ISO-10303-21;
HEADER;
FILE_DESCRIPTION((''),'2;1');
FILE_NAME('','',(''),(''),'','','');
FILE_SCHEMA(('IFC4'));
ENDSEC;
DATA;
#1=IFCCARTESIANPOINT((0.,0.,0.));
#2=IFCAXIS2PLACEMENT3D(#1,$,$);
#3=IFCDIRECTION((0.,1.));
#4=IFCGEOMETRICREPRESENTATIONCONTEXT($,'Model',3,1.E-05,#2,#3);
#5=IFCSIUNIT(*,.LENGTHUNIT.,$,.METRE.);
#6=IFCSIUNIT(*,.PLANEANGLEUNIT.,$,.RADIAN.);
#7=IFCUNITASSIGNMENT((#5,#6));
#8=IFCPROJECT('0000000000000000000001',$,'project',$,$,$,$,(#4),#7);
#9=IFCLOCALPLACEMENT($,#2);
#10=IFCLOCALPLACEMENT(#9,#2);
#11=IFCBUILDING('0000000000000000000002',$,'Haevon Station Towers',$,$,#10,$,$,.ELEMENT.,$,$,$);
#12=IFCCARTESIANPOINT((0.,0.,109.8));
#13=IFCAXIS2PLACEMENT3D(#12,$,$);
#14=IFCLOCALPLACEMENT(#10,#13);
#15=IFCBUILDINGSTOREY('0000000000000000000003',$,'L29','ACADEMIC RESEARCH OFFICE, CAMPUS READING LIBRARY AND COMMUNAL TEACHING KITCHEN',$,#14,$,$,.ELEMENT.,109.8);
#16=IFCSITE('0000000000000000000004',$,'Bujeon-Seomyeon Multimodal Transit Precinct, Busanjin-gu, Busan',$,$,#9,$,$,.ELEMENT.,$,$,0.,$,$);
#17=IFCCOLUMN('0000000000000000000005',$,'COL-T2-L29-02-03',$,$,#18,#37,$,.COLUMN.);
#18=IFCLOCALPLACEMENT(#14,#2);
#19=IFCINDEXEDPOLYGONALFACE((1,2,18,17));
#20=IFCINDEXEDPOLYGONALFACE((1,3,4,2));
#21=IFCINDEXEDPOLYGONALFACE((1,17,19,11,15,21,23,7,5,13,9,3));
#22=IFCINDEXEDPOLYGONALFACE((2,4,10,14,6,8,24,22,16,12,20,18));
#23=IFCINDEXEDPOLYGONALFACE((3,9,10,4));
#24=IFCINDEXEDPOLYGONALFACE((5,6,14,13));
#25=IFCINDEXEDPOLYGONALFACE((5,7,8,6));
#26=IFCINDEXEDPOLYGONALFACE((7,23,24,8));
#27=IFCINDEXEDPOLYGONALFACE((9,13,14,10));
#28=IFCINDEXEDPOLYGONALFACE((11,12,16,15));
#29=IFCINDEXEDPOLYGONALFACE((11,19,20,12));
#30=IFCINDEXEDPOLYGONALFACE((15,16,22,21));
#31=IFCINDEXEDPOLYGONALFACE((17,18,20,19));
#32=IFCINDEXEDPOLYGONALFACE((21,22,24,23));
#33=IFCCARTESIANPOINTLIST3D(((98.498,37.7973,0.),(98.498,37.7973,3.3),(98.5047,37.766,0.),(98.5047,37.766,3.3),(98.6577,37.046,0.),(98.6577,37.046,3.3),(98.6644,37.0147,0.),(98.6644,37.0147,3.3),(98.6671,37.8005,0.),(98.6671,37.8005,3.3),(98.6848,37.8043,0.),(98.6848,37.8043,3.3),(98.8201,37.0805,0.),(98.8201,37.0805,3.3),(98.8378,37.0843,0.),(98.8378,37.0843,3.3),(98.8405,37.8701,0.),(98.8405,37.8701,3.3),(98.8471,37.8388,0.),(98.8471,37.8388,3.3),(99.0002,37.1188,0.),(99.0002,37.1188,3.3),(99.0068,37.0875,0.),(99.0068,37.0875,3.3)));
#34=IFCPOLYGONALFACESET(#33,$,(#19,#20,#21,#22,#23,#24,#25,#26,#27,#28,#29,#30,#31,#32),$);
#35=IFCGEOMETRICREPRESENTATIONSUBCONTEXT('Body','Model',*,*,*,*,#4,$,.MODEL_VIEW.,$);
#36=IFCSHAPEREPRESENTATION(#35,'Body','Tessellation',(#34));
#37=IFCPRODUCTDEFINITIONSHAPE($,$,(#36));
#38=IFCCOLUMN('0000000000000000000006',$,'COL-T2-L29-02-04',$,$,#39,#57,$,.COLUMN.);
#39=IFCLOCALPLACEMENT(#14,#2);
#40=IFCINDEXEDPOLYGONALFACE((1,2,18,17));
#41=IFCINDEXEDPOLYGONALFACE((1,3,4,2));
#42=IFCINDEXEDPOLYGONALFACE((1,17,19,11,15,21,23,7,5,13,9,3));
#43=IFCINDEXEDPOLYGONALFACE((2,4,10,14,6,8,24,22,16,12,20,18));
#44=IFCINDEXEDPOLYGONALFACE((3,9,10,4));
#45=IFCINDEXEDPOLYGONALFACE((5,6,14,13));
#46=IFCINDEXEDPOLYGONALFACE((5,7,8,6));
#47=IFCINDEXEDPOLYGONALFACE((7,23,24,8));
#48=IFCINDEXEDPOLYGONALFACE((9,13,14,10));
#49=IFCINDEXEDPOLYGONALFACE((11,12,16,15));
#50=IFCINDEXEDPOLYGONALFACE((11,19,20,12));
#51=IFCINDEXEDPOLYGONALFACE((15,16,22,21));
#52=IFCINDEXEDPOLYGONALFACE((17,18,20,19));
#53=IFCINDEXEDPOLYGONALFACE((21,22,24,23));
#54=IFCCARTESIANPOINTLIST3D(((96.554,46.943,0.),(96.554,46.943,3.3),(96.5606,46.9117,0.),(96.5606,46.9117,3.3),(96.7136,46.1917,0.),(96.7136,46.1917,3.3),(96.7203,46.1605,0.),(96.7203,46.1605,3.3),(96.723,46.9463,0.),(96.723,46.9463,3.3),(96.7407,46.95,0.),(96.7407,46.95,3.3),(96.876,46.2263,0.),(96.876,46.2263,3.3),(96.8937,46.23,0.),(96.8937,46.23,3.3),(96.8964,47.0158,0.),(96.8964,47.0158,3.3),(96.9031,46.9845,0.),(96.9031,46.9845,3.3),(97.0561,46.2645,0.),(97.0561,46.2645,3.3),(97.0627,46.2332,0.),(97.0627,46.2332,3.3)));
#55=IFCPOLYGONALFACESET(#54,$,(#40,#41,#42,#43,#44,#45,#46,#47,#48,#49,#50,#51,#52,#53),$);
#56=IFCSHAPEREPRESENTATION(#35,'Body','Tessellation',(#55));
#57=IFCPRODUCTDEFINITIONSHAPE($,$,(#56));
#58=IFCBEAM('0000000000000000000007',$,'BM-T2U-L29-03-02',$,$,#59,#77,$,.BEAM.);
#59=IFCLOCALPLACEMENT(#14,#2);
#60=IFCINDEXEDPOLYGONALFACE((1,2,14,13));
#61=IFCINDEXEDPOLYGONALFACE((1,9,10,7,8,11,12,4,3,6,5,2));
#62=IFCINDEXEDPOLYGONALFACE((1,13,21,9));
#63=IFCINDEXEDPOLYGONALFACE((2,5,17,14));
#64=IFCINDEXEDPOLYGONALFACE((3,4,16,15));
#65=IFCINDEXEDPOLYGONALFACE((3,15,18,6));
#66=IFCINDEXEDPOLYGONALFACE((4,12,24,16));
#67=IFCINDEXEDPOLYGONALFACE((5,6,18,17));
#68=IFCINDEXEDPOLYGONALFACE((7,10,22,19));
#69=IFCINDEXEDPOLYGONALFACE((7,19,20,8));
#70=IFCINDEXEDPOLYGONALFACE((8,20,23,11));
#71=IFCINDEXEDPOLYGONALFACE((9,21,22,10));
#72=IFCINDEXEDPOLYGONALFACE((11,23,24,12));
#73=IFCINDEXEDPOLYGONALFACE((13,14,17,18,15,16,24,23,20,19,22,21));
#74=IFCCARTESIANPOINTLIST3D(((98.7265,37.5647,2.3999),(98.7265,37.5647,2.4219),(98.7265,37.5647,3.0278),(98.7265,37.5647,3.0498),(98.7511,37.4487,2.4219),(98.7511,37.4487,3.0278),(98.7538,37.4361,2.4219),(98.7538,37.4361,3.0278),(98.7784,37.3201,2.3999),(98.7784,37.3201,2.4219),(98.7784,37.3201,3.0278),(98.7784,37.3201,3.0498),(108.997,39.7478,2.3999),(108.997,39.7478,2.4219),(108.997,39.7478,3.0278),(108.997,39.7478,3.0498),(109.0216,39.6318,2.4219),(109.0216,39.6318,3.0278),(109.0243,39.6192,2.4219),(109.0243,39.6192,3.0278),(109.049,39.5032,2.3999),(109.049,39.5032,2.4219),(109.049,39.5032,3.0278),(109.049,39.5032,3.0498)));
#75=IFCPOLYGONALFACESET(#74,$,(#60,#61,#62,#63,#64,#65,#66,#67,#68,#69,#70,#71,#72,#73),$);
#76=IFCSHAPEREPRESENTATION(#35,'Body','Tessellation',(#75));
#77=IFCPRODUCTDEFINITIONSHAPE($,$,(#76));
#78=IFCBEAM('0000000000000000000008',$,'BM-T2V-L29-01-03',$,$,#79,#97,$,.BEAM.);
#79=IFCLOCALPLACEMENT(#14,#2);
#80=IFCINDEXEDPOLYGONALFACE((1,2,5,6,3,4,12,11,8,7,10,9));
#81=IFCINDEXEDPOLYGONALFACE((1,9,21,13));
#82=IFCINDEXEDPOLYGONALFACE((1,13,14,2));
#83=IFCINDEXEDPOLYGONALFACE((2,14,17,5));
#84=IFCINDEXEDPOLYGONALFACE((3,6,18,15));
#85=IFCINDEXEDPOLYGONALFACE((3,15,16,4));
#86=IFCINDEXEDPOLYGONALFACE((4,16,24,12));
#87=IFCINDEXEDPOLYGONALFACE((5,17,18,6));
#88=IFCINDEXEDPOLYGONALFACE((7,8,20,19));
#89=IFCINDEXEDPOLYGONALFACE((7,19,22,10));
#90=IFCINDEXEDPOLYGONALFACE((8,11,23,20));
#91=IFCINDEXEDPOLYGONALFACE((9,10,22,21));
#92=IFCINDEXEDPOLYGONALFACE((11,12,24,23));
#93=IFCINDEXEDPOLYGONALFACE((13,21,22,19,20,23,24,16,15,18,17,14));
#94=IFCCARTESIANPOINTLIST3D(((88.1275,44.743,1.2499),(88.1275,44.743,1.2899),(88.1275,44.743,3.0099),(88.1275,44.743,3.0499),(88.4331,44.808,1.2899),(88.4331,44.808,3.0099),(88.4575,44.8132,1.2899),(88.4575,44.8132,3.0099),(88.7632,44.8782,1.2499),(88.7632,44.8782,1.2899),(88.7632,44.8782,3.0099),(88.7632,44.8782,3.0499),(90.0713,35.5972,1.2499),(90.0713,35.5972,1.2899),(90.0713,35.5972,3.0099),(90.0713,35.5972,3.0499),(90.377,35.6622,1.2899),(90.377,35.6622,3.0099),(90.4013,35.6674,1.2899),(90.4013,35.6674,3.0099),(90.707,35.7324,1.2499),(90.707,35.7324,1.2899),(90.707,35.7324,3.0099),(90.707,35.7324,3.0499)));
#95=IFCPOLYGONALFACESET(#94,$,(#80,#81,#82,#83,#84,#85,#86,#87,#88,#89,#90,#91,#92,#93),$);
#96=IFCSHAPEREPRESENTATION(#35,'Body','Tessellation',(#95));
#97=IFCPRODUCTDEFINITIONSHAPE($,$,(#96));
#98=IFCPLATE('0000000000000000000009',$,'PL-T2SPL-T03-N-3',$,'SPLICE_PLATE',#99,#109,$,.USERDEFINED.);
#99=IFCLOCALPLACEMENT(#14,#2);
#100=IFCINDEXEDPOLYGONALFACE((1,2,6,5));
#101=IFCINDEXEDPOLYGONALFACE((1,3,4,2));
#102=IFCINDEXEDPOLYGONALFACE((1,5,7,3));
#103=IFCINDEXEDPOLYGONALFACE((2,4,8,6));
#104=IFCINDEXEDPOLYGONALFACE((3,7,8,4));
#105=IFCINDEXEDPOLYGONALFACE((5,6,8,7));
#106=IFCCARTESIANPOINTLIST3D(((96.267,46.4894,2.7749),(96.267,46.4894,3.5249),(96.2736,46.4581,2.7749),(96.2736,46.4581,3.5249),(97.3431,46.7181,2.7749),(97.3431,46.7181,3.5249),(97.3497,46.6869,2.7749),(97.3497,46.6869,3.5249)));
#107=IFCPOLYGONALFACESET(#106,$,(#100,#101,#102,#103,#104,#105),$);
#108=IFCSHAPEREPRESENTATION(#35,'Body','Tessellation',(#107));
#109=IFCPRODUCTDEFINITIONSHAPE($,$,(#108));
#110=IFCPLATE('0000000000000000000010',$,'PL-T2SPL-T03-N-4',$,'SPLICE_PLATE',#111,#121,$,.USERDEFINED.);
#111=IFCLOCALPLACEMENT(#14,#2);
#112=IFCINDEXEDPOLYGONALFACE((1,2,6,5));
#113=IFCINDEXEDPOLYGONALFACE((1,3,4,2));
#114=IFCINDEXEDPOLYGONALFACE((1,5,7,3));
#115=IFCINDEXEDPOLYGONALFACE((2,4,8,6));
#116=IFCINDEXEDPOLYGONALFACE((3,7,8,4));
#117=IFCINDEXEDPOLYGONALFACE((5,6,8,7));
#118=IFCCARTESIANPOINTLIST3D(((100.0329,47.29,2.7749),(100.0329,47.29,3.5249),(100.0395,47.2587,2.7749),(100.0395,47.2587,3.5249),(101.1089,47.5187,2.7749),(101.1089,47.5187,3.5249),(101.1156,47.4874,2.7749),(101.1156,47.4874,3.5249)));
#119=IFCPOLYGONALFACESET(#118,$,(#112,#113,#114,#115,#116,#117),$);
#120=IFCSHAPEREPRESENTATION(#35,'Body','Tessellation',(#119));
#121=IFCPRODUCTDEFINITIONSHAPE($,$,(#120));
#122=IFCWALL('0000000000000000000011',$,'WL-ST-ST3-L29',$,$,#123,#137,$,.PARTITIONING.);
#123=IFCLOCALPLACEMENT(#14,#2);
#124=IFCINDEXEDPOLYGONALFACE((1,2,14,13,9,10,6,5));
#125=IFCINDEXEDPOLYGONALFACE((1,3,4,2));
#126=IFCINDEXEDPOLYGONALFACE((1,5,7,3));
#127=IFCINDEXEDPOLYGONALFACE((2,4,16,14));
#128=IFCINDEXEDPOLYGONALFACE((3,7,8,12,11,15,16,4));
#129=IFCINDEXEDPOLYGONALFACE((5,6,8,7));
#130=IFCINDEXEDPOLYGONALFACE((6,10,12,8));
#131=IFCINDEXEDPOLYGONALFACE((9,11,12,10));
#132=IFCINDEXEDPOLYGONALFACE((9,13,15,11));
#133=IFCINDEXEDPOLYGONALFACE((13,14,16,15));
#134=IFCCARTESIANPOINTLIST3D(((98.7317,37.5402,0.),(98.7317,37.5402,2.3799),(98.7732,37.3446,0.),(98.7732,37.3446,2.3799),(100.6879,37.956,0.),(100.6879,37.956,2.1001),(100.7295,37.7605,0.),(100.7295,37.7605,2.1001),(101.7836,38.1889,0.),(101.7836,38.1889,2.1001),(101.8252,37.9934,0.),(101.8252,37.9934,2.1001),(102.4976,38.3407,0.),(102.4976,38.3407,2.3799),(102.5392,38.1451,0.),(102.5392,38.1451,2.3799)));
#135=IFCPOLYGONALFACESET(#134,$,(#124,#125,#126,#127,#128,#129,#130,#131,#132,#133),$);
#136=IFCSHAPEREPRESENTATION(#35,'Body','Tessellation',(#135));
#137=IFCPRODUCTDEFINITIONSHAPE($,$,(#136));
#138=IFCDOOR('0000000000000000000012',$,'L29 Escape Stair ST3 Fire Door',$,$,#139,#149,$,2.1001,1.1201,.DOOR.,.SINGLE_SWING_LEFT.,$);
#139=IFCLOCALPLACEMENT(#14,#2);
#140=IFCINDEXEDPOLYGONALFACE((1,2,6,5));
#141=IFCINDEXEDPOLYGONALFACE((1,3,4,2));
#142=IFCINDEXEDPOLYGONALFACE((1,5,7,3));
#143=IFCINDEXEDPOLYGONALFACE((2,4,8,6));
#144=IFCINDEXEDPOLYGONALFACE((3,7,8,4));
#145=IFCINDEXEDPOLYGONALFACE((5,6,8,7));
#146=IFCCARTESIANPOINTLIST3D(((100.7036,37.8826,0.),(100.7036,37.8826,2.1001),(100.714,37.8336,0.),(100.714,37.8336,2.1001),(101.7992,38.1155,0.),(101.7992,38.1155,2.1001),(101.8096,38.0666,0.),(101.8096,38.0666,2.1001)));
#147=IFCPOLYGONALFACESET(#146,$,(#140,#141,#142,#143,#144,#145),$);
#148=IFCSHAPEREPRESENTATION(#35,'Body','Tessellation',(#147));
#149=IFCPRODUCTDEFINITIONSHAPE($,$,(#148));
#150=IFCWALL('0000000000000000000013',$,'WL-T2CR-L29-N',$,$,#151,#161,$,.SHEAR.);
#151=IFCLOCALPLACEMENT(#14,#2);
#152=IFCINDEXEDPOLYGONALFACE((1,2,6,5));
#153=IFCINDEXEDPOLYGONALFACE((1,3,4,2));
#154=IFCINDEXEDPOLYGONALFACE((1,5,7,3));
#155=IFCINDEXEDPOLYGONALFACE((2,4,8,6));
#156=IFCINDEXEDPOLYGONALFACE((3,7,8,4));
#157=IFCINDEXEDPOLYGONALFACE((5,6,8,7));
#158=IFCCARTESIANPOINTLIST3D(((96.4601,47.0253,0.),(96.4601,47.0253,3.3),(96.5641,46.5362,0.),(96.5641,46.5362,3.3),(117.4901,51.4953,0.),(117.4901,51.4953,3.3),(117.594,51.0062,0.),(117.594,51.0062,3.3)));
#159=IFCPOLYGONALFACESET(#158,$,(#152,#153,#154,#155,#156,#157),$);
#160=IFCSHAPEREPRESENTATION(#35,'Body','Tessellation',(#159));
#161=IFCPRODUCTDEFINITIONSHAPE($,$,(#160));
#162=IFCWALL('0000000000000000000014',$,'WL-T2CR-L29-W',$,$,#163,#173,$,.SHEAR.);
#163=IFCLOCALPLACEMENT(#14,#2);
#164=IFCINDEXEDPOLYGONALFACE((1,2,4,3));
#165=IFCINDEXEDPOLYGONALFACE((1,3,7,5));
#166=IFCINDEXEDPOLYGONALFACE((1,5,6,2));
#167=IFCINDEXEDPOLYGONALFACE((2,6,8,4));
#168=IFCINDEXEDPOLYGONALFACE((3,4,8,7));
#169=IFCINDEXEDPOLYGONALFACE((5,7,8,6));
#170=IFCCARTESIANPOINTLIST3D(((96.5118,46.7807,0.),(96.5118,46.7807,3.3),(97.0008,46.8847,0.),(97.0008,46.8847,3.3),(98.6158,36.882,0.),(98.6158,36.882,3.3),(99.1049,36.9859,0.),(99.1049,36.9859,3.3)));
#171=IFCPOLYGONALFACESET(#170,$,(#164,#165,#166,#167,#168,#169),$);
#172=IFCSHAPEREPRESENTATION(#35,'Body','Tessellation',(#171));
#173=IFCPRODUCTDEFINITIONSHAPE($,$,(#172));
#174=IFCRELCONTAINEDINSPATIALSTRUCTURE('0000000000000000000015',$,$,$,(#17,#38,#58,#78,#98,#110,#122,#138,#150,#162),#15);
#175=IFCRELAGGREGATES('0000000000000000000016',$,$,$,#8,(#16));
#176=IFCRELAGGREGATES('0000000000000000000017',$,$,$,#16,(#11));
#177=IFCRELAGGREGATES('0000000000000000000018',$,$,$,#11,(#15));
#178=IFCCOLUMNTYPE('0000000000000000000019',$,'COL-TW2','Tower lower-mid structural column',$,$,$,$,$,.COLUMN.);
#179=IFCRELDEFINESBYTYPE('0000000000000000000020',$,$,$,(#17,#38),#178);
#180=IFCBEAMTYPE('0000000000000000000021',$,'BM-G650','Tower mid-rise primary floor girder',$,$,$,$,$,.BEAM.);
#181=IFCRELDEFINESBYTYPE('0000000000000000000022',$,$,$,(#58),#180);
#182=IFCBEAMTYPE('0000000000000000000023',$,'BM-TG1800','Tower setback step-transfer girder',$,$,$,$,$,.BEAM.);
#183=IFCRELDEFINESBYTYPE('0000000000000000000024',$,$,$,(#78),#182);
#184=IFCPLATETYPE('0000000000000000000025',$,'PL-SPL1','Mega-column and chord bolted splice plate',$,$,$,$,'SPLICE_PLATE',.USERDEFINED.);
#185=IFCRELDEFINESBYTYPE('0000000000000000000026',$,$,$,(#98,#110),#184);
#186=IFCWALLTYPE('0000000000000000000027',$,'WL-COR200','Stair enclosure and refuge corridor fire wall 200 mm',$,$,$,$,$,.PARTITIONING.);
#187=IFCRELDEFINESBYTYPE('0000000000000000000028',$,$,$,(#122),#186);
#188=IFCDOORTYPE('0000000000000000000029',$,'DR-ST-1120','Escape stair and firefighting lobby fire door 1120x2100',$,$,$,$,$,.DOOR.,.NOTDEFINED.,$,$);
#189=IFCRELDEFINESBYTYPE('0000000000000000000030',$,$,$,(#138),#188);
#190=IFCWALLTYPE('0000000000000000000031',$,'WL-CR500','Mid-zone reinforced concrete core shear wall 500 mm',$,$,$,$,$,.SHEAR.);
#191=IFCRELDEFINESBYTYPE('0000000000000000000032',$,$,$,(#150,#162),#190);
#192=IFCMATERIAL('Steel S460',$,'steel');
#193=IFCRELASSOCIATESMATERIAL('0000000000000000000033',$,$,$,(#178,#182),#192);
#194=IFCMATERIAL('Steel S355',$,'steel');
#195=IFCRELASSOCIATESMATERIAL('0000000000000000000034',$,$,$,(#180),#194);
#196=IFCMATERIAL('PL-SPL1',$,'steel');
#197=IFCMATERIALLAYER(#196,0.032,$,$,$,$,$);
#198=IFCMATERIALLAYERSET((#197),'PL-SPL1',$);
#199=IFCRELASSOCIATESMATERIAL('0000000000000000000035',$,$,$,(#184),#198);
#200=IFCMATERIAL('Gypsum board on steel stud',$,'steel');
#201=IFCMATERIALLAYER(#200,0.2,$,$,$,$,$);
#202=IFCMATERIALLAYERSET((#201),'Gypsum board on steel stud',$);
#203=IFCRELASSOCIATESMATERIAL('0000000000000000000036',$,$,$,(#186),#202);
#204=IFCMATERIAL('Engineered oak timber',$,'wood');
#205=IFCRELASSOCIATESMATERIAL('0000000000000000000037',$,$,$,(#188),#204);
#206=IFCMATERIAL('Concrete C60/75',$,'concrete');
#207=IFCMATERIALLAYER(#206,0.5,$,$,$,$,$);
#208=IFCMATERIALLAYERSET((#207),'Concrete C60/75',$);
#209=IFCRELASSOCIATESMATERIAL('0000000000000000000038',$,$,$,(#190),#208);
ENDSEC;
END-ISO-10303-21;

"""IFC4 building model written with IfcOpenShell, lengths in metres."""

from ifc_helpers import new_model, si_unit, direction, frame, frame_2d, origin, origin_2d, place, context, subcontext, project, spatial, rectangle, i_section, extrude, material, layer, layer_set, material_profile, profile_set, type_object, element, fill, save


model = new_model("IFC4")

# Units and contexts
model_context = context("Model", 3, precision=1e-05, world=origin(), true_north=direction((0.0, 1.0)))
body_context = subcontext(model_context, "Body", "Model", "MODEL_VIEW")
ifc_project = project(units=[si_unit("LENGTHUNIT", "METRE"), si_unit("PLANEANGLEUNIT", "RADIAN")], contexts=[model_context])

# Site, building, storey
site_placement = place(None, origin())
site = spatial("IfcSite", under=ifc_project, at=site_placement, Name="Bujeon-Seomyeon Multimodal Transit Precinct, Busanjin-gu, Busan", CompositionType="ELEMENT", RefElevation=0.0)
building_placement = place(site_placement, origin())
building = spatial("IfcBuilding", under=site, at=building_placement, Name="Haevon Station Towers", CompositionType="ELEMENT")
storey_placement = place(building_placement, frame((0.0, 0.0, 109.8)))
storey = spatial("IfcBuildingStorey", under=building, at=storey_placement, Name="L29", Description="ACADEMIC RESEARCH OFFICE, CAMPUS READING LIBRARY AND COMMUNAL TEACHING KITCHEN", CompositionType="ELEMENT", Elevation=109.8)

# Columns
ifc_material_1 = material(Name="Steel S460", Category="steel")
ifc_material_profile_1 = material_profile(ifc_material_1, i_section(OverallWidth=0.3501, OverallDepth=0.8, WebThickness=0.0181, FlangeThickness=0.032, at=origin_2d()), Name="H-800x350x18x32")
ifc_profile_set_1 = profile_set([ifc_material_profile_1], Name="Steel S460")
column_type = type_object("IfcColumnType", Name="COL-TW2", Description="Tower lower-mid structural column", PredefinedType="COLUMN", material=ifc_profile_set_1)
for number, where, z_axis, x_axis, name in (
    (1, (98.7524, 37.4424, 0.0), (0.0, 0.0, 1.0), (0.978148, 0.207912, 0.0), "COL-T2-L29-02-03"),
    (2, (96.8083, 46.5881, 0.0), (0.0, 0.0, 1.0), (0.978148, 0.207912, 0.0), "COL-T2-L29-02-04"),
):
    element("IfcColumn", number, at=place(storey_placement, frame(where, z_axis=z_axis, x_axis=x_axis)), inside=storey, type_object=column_type, Name=name, PredefinedType="COLUMN", context=body_context, shape_type="SweptSolid", body=[
        extrude(i_section(OverallWidth=0.3501, OverallDepth=0.8, WebThickness=0.0181, FlangeThickness=0.032, at=origin_2d()), origin(), (0.0, 0.0, 1.0), 3.3),
    ])

# Beams
ifc_material_2 = material(Name="Steel S355", Category="steel")
ifc_material_profile_2 = material_profile(ifc_material_2, i_section(OverallWidth=0.25, OverallDepth=0.6499, WebThickness=0.0129, FlangeThickness=0.022, at=origin_2d()), Name="H-650x250x13x22")
ifc_profile_set_2 = profile_set([ifc_material_profile_2], Name="Steel S355")
beam_type_1 = type_object("IfcBeamType", Name="BM-G650", Description="Tower mid-rise primary floor girder", PredefinedType="BEAM", material=ifc_profile_set_2)
beam_1_placement = place(storey_placement, frame((98.7524, 37.4424, 2.7249), z_axis=(0.978147, 0.207915, 0.0), x_axis=(-0.207915, 0.978147, 0.0)))
element("IfcBeam", 3, at=beam_1_placement, inside=storey, type_object=beam_type_1, Name="BM-T2U-L29-03-02", PredefinedType="BEAM", context=body_context, shape_type="SweptSolid", body=[
    extrude(i_section(OverallWidth=0.25, OverallDepth=0.6499, WebThickness=0.0129, FlangeThickness=0.022, at=origin_2d()), origin(), (0.0, 0.0, 1.0), 10.5),
])
ifc_material_profile_3 = material_profile(ifc_material_1, i_section(OverallWidth=0.6499, OverallDepth=1.8, WebThickness=0.0249, FlangeThickness=0.04, at=origin_2d()), Name="H-1800x650x25x40")
ifc_profile_set_3 = profile_set([ifc_material_profile_3], Name="Steel S460")
beam_type_2 = type_object("IfcBeamType", Name="BM-TG1800", Description="Tower setback step-transfer girder", PredefinedType="BEAM", material=ifc_profile_set_3)
beam_2_placement = place(storey_placement, frame((90.3892, 35.6648, 2.1499), z_axis=(-0.207897, 0.978151, 0.0), x_axis=(-0.978151, -0.207897, 0.0)))
element("IfcBeam", 4, at=beam_2_placement, inside=storey, type_object=beam_type_2, Name="BM-T2V-L29-01-03", PredefinedType="BEAM", context=body_context, shape_type="SweptSolid", body=[
    extrude(i_section(OverallWidth=0.6499, OverallDepth=1.8, WebThickness=0.0249, FlangeThickness=0.04, at=origin_2d()), origin(), (0.0, 0.0, 1.0), 9.3501),
])

# Plates
ifc_material_3 = material(Name="PL-SPL1", Category="steel")
ifc_layer_1 = layer(ifc_material_3, 0.032)
ifc_layer_set_1 = layer_set([ifc_layer_1], Name="PL-SPL1")
plate_type = type_object("IfcPlateType", Name="PL-SPL1", Description="Mega-column and chord bolted splice plate", ElementType="SPLICE_PLATE", PredefinedType="USERDEFINED", material=ifc_layer_set_1)
for number, where, z_axis, x_axis, name in (
    (5, (96.8083, 46.5881, 2.7749), (0.0, 0.0, 1.0), (0.978148, 0.207912, 0.0), "PL-T2SPL-T03-N-3"),
    (6, (100.5742, 47.3887, 2.7749), (0.0, 0.0, 1.0), (0.978148, 0.207912, 0.0), "PL-T2SPL-T03-N-4"),
):
    element("IfcPlate", number, at=place(storey_placement, frame(where, z_axis=z_axis, x_axis=x_axis)), inside=storey, type_object=plate_type, Name=name, ObjectType="SPLICE_PLATE", PredefinedType="USERDEFINED", context=body_context, shape_type="SweptSolid", body=[
        extrude(rectangle(XDim=1.1001, YDim=0.032, at=origin_2d()), origin(), (0.0, 0.0, 1.0), 0.75),
    ])

# Wall, opening, door
ifc_material_4 = material(Name="Gypsum board on steel stud", Category="steel")
ifc_layer_2 = layer(ifc_material_4, 0.2)
ifc_layer_set_2 = layer_set([ifc_layer_2], Name="Gypsum board on steel stud")
wall_type_1 = type_object("IfcWallType", Name="WL-COR200", Description="Stair enclosure and refuge corridor fire wall 200 mm", PredefinedType="PARTITIONING", material=ifc_layer_set_2)
wall_1_placement = place(storey_placement, frame((98.7524, 37.4424, 0.0), z_axis=(0.0, 0.0, 1.0), x_axis=(0.978144, 0.207931, 0.0)))
wall_1 = element("IfcWall", 7, at=wall_1_placement, inside=storey, type_object=wall_type_1, Name="WL-ST-ST3-L29", PredefinedType="PARTITIONING", context=body_context, shape_type="SweptSolid", body=[
    extrude(rectangle(XDim=3.8501, YDim=0.2, at=frame_2d((1.925, 0.0))), origin(), (0.0, 0.0, 1.0), 2.3799),
])
opening_1_placement = place(wall_1_placement, frame((2.0, 0.0, 0.0)))
opening_1 = element("IfcOpeningElement", 8, at=opening_1_placement, cuts=wall_1, PredefinedType="OPENING", context=body_context, shape_type="SweptSolid", body=[
    extrude(rectangle(XDim=1.1201, YDim=2.1001, at=frame_2d((0.5601, 1.05))), frame((0.0, 0.1099, 0.0), z_axis=(0.0, -1.0, 0.0), x_axis=(1.0, 0.0, 0.0)), (0.0, 0.0, 1.0), 0.22),
])
ifc_material_5 = material(Name="Engineered oak timber", Category="wood")
door_type_1 = type_object("IfcDoorType", Name="DR-ST-1120", Description="Escape stair and firefighting lobby fire door 1120x2100", OperationType="NOTDEFINED", PredefinedType="DOOR", material=ifc_material_5)
door_1_placement = place(opening_1_placement, origin())
door_1 = element("IfcDoor", 9, at=door_1_placement, inside=storey, type_object=door_type_1, Name="L29 Escape Stair ST3 Fire Door", OperationType="SINGLE_SWING_LEFT", OverallHeight=2.1001, OverallWidth=1.1201, PredefinedType="DOOR", context=body_context, shape_type="SweptSolid", body=[
    extrude(rectangle(XDim=1.1201, YDim=2.1001, at=frame_2d((0.5601, 1.05))), frame((0.0, 0.0249, 0.0), z_axis=(0.0, -1.0, 0.0), x_axis=(1.0, 0.0, 0.0)), (0.0, 0.0, 1.0), 0.05),
])
fill(opening_1, door_1)

# Walls
ifc_material_6 = material(Name="Concrete C60/75", Category="concrete")
ifc_layer_3 = layer(ifc_material_6, 0.5)
ifc_layer_set_3 = layer_set([ifc_layer_3], Name="Concrete C60/75")
wall_type_2 = type_object("IfcWallType", Name="WL-CR500", Description="Mid-zone reinforced concrete core shear wall 500 mm", PredefinedType="SHEAR", material=ifc_layer_set_3)
wall_2_placement = place(storey_placement, frame((96.512, 46.7808, 0.0), z_axis=(0.0, 0.0, 1.0), x_axis=(0.978149, 0.207907, 0.0)))
element("IfcWall", 10, at=wall_2_placement, inside=storey, type_object=wall_type_2, Name="WL-T2CR-L29-N", PredefinedType="SHEAR", context=body_context, shape_type="SweptSolid", body=[
    extrude(rectangle(XDim=21.4998, YDim=0.5, at=frame_2d((10.75, 0.0))), origin(), (0.0, 0.0, 1.0), 3.3),
])
wall_3_placement = place(storey_placement, frame((98.8604, 36.9338, 0.0), z_axis=(0.0, 0.0, 1.0), x_axis=(-0.207909, 0.978148, 0.0)))
element("IfcWall", 11, at=wall_3_placement, inside=storey, type_object=wall_type_2, Name="WL-T2CR-L29-W", PredefinedType="SHEAR", context=body_context, shape_type="SweptSolid", body=[
    extrude(rectangle(XDim=10.1199, YDim=0.5, at=frame_2d((5.0601, 0.0))), origin(), (0.0, 0.0, 1.0), 3.3),
])

save(model, "model.ifc")
